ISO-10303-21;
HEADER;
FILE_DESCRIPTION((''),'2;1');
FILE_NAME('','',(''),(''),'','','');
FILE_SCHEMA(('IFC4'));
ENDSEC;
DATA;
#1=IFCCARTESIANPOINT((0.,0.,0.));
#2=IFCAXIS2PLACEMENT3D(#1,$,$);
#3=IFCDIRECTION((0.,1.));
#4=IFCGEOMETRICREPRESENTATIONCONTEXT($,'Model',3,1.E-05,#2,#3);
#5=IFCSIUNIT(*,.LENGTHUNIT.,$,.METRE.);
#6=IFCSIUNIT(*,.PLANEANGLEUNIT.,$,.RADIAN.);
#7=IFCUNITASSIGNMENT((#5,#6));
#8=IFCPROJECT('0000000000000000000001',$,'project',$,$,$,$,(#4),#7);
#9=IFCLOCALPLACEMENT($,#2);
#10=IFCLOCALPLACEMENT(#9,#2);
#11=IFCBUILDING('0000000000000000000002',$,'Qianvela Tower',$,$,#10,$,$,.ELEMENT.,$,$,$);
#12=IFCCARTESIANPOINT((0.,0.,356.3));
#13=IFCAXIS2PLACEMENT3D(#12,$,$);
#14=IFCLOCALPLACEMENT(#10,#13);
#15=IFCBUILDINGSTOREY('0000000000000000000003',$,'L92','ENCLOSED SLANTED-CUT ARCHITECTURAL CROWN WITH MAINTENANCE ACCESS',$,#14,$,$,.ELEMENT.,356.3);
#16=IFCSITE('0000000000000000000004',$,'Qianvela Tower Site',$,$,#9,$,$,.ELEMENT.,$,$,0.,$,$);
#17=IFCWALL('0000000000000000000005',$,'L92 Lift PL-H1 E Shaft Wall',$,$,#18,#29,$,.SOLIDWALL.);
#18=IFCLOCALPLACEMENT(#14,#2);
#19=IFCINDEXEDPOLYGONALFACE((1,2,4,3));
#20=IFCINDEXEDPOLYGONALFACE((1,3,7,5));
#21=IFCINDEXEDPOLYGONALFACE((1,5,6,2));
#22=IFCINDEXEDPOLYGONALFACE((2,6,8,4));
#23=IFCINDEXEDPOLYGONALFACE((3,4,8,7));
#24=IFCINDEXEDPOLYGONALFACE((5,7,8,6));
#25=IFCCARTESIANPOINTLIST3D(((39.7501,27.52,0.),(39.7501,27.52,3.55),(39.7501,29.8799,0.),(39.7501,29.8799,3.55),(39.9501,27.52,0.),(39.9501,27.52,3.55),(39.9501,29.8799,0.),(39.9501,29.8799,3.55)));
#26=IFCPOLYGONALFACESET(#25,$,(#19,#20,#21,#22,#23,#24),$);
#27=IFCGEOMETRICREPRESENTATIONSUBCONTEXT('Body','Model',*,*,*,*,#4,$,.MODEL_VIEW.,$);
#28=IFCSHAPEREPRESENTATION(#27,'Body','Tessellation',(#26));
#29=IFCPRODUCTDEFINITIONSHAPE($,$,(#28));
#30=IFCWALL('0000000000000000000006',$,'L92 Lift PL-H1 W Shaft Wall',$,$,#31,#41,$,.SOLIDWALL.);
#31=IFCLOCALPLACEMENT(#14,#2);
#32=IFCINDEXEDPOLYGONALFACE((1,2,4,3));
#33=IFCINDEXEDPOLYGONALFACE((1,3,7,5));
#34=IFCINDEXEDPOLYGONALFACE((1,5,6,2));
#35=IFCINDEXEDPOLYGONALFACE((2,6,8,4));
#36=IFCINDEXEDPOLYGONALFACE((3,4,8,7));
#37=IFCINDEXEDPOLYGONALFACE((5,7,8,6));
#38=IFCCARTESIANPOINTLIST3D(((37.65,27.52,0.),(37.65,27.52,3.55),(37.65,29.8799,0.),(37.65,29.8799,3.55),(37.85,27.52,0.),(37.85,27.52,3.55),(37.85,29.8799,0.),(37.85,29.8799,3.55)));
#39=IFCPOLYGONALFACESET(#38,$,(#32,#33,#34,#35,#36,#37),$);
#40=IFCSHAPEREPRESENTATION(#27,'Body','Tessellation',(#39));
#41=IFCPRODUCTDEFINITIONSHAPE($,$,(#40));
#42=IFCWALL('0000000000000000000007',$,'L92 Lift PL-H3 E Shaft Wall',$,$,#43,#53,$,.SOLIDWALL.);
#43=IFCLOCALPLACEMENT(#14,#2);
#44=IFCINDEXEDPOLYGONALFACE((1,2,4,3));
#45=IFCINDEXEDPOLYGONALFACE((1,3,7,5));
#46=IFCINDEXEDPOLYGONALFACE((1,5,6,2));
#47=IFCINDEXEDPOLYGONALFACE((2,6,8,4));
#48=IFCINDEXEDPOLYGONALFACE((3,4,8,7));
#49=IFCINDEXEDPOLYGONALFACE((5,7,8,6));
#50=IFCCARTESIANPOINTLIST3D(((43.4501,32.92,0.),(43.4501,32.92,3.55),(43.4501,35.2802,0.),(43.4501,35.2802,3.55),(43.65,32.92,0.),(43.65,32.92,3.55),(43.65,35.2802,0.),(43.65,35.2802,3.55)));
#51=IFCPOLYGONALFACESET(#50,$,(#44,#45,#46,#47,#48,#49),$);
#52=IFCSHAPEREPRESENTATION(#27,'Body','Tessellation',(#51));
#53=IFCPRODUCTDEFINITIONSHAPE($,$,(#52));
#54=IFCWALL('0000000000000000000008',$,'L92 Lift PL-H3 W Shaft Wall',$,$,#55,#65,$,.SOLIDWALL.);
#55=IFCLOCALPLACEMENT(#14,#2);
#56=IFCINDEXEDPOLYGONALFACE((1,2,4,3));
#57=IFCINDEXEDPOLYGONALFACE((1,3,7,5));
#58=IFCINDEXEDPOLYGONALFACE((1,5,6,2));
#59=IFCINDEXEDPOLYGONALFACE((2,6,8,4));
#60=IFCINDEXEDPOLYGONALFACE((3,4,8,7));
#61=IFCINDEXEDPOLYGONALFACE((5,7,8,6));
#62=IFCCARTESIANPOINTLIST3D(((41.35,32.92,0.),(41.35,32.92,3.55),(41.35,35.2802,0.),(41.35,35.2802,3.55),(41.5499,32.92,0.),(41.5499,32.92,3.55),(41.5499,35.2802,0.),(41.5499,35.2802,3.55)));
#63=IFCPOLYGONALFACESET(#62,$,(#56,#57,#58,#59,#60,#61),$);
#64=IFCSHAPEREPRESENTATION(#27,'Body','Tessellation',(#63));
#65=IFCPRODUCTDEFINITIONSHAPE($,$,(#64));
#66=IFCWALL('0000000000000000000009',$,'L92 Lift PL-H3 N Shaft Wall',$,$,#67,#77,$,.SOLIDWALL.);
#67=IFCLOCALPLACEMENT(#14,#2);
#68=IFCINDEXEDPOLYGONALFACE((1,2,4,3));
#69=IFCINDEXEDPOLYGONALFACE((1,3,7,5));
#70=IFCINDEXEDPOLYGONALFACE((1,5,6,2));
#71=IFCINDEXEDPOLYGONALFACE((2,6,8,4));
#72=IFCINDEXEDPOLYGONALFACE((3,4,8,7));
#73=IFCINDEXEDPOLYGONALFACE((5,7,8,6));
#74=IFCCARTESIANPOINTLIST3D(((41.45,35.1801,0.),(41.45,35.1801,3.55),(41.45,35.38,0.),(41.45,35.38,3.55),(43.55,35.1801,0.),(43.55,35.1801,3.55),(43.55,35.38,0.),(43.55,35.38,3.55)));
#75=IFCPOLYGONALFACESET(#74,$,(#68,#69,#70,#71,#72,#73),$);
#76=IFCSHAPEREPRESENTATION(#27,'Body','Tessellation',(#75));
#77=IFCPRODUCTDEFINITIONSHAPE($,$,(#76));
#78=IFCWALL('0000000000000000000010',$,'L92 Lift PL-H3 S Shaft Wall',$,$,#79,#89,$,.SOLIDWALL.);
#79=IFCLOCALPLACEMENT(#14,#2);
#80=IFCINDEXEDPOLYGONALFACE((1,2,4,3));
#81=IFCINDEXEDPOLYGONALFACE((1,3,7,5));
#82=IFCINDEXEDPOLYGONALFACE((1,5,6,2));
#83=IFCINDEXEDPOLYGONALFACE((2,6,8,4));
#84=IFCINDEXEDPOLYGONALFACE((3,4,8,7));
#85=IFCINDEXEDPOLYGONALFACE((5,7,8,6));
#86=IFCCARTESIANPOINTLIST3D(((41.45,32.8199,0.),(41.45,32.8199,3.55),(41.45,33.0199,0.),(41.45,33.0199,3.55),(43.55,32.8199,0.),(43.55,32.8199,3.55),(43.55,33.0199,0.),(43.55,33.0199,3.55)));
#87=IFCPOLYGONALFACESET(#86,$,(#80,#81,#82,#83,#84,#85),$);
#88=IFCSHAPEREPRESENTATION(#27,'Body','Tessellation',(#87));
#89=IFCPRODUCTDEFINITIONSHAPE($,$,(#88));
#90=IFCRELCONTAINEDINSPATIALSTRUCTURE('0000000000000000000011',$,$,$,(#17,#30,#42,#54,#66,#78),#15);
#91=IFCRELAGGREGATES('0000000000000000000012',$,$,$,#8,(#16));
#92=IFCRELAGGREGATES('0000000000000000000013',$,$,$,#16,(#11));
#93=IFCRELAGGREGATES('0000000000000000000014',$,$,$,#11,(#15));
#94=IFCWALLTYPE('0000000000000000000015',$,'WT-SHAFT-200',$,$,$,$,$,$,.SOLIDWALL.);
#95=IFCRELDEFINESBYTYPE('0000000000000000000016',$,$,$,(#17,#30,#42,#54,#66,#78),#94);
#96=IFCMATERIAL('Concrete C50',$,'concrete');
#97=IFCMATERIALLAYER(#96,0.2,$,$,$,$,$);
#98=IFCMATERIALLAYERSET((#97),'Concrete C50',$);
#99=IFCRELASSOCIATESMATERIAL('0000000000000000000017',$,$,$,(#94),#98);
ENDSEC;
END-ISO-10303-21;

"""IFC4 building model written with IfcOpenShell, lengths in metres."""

from ifc_helpers import new_model, si_unit, direction, frame, frame_2d, origin, place, context, subcontext, project, spatial, rectangle, extrude, material, layer, layer_set, type_object, element, save


model = new_model("IFC4")

# Units and contexts
model_context = context("Model", 3, precision=1e-05, world=origin(), true_north=direction((0.0, 1.0)))
body_context = subcontext(model_context, "Body", "Model", "MODEL_VIEW")
ifc_project = project(units=[si_unit("LENGTHUNIT", "METRE"), si_unit("PLANEANGLEUNIT", "RADIAN")], contexts=[model_context])

# Site, building, storey
site_placement = place(None, origin())
site = spatial("IfcSite", under=ifc_project, at=site_placement, Name="Qianvela Tower Site", CompositionType="ELEMENT", RefElevation=0.0)
building_placement = place(site_placement, origin())
building = spatial("IfcBuilding", under=site, at=building_placement, Name="Qianvela Tower", CompositionType="ELEMENT")
storey_placement = place(building_placement, frame((0.0, 0.0, 356.3)))
storey = spatial("IfcBuildingStorey", under=building, at=storey_placement, Name="L92", Description="ENCLOSED SLANTED-CUT ARCHITECTURAL CROWN WITH MAINTENANCE ACCESS", CompositionType="ELEMENT", Elevation=356.3)

# Shared definitions
ifc_material_1 = material(Name="Concrete C50", Category="concrete")
ifc_layer_1 = layer(ifc_material_1, 0.2)
ifc_layer_set_1 = layer_set([ifc_layer_1], Name="Concrete C50")
wall_type_1 = type_object("IfcWallType", Name="WT-SHAFT-200", PredefinedType="SOLIDWALL", material=ifc_layer_set_1)

# Walls
for number, where, z_axis, x_axis, name in (
    (1, (39.8501, 27.52, 0.0), (0.0, 0.0, 1.0), (0.0, 1.0, 0.0), "L92 Lift PL-H1 E Shaft Wall"),
    (2, (37.75, 27.52, 0.0), (0.0, 0.0, 1.0), (0.0, 1.0, 0.0), "L92 Lift PL-H1 W Shaft Wall"),
):
    element("IfcWall", number, at=place(storey_placement, frame(where, z_axis=z_axis, x_axis=x_axis)), inside=storey, type_object=wall_type_1, Name=name, PredefinedType="SOLIDWALL", context=body_context, shape_type="SweptSolid", body=[
        extrude(rectangle(XDim=2.3599, YDim=0.2, at=frame_2d((1.1799, 0.0))), origin(), (0.0, 0.0, 1.0), 3.55),
    ])
for number, where, z_axis, x_axis, name in (
    (3, (43.55, 32.9199, 0.0), (0.0, 0.0, 1.0), (0.0, 1.0, 0.0), "L92 Lift PL-H3 E Shaft Wall"),
    (4, (41.45, 32.9199, 0.0), (0.0, 0.0, 1.0), (0.0, 1.0, 0.0), "L92 Lift PL-H3 W Shaft Wall"),
):
    element("IfcWall", number, at=place(storey_placement, frame(where, z_axis=z_axis, x_axis=x_axis)), inside=storey, type_object=wall_type_1, Name=name, PredefinedType="SOLIDWALL", context=body_context, shape_type="SweptSolid", body=[
        extrude(rectangle(XDim=2.3601, YDim=0.2, at=frame_2d((1.1802, 0.0))), origin(), (0.0, 0.0, 1.0), 3.55),
    ])
for number, where, z_axis, x_axis, name in (
    (5, (41.45, 35.28, 0.0), (0.0, 0.0, 1.0), (1.0, 0.0, 0.0), "L92 Lift PL-H3 N Shaft Wall"),
    (6, (41.45, 32.9199, 0.0), (0.0, 0.0, 1.0), (1.0, 0.0, 0.0), "L92 Lift PL-H3 S Shaft Wall"),
):
    element("IfcWall", number, at=place(storey_placement, frame(where, z_axis=z_axis, x_axis=x_axis)), inside=storey, type_object=wall_type_1, Name=name, PredefinedType="SOLIDWALL", context=body_context, shape_type="SweptSolid", body=[
        extrude(rectangle(XDim=2.1001, YDim=0.2, at=frame_2d((1.05, 0.0))), origin(), (0.0, 0.0, 1.0), 3.55),
    ])

save(model, "model.ifc")
